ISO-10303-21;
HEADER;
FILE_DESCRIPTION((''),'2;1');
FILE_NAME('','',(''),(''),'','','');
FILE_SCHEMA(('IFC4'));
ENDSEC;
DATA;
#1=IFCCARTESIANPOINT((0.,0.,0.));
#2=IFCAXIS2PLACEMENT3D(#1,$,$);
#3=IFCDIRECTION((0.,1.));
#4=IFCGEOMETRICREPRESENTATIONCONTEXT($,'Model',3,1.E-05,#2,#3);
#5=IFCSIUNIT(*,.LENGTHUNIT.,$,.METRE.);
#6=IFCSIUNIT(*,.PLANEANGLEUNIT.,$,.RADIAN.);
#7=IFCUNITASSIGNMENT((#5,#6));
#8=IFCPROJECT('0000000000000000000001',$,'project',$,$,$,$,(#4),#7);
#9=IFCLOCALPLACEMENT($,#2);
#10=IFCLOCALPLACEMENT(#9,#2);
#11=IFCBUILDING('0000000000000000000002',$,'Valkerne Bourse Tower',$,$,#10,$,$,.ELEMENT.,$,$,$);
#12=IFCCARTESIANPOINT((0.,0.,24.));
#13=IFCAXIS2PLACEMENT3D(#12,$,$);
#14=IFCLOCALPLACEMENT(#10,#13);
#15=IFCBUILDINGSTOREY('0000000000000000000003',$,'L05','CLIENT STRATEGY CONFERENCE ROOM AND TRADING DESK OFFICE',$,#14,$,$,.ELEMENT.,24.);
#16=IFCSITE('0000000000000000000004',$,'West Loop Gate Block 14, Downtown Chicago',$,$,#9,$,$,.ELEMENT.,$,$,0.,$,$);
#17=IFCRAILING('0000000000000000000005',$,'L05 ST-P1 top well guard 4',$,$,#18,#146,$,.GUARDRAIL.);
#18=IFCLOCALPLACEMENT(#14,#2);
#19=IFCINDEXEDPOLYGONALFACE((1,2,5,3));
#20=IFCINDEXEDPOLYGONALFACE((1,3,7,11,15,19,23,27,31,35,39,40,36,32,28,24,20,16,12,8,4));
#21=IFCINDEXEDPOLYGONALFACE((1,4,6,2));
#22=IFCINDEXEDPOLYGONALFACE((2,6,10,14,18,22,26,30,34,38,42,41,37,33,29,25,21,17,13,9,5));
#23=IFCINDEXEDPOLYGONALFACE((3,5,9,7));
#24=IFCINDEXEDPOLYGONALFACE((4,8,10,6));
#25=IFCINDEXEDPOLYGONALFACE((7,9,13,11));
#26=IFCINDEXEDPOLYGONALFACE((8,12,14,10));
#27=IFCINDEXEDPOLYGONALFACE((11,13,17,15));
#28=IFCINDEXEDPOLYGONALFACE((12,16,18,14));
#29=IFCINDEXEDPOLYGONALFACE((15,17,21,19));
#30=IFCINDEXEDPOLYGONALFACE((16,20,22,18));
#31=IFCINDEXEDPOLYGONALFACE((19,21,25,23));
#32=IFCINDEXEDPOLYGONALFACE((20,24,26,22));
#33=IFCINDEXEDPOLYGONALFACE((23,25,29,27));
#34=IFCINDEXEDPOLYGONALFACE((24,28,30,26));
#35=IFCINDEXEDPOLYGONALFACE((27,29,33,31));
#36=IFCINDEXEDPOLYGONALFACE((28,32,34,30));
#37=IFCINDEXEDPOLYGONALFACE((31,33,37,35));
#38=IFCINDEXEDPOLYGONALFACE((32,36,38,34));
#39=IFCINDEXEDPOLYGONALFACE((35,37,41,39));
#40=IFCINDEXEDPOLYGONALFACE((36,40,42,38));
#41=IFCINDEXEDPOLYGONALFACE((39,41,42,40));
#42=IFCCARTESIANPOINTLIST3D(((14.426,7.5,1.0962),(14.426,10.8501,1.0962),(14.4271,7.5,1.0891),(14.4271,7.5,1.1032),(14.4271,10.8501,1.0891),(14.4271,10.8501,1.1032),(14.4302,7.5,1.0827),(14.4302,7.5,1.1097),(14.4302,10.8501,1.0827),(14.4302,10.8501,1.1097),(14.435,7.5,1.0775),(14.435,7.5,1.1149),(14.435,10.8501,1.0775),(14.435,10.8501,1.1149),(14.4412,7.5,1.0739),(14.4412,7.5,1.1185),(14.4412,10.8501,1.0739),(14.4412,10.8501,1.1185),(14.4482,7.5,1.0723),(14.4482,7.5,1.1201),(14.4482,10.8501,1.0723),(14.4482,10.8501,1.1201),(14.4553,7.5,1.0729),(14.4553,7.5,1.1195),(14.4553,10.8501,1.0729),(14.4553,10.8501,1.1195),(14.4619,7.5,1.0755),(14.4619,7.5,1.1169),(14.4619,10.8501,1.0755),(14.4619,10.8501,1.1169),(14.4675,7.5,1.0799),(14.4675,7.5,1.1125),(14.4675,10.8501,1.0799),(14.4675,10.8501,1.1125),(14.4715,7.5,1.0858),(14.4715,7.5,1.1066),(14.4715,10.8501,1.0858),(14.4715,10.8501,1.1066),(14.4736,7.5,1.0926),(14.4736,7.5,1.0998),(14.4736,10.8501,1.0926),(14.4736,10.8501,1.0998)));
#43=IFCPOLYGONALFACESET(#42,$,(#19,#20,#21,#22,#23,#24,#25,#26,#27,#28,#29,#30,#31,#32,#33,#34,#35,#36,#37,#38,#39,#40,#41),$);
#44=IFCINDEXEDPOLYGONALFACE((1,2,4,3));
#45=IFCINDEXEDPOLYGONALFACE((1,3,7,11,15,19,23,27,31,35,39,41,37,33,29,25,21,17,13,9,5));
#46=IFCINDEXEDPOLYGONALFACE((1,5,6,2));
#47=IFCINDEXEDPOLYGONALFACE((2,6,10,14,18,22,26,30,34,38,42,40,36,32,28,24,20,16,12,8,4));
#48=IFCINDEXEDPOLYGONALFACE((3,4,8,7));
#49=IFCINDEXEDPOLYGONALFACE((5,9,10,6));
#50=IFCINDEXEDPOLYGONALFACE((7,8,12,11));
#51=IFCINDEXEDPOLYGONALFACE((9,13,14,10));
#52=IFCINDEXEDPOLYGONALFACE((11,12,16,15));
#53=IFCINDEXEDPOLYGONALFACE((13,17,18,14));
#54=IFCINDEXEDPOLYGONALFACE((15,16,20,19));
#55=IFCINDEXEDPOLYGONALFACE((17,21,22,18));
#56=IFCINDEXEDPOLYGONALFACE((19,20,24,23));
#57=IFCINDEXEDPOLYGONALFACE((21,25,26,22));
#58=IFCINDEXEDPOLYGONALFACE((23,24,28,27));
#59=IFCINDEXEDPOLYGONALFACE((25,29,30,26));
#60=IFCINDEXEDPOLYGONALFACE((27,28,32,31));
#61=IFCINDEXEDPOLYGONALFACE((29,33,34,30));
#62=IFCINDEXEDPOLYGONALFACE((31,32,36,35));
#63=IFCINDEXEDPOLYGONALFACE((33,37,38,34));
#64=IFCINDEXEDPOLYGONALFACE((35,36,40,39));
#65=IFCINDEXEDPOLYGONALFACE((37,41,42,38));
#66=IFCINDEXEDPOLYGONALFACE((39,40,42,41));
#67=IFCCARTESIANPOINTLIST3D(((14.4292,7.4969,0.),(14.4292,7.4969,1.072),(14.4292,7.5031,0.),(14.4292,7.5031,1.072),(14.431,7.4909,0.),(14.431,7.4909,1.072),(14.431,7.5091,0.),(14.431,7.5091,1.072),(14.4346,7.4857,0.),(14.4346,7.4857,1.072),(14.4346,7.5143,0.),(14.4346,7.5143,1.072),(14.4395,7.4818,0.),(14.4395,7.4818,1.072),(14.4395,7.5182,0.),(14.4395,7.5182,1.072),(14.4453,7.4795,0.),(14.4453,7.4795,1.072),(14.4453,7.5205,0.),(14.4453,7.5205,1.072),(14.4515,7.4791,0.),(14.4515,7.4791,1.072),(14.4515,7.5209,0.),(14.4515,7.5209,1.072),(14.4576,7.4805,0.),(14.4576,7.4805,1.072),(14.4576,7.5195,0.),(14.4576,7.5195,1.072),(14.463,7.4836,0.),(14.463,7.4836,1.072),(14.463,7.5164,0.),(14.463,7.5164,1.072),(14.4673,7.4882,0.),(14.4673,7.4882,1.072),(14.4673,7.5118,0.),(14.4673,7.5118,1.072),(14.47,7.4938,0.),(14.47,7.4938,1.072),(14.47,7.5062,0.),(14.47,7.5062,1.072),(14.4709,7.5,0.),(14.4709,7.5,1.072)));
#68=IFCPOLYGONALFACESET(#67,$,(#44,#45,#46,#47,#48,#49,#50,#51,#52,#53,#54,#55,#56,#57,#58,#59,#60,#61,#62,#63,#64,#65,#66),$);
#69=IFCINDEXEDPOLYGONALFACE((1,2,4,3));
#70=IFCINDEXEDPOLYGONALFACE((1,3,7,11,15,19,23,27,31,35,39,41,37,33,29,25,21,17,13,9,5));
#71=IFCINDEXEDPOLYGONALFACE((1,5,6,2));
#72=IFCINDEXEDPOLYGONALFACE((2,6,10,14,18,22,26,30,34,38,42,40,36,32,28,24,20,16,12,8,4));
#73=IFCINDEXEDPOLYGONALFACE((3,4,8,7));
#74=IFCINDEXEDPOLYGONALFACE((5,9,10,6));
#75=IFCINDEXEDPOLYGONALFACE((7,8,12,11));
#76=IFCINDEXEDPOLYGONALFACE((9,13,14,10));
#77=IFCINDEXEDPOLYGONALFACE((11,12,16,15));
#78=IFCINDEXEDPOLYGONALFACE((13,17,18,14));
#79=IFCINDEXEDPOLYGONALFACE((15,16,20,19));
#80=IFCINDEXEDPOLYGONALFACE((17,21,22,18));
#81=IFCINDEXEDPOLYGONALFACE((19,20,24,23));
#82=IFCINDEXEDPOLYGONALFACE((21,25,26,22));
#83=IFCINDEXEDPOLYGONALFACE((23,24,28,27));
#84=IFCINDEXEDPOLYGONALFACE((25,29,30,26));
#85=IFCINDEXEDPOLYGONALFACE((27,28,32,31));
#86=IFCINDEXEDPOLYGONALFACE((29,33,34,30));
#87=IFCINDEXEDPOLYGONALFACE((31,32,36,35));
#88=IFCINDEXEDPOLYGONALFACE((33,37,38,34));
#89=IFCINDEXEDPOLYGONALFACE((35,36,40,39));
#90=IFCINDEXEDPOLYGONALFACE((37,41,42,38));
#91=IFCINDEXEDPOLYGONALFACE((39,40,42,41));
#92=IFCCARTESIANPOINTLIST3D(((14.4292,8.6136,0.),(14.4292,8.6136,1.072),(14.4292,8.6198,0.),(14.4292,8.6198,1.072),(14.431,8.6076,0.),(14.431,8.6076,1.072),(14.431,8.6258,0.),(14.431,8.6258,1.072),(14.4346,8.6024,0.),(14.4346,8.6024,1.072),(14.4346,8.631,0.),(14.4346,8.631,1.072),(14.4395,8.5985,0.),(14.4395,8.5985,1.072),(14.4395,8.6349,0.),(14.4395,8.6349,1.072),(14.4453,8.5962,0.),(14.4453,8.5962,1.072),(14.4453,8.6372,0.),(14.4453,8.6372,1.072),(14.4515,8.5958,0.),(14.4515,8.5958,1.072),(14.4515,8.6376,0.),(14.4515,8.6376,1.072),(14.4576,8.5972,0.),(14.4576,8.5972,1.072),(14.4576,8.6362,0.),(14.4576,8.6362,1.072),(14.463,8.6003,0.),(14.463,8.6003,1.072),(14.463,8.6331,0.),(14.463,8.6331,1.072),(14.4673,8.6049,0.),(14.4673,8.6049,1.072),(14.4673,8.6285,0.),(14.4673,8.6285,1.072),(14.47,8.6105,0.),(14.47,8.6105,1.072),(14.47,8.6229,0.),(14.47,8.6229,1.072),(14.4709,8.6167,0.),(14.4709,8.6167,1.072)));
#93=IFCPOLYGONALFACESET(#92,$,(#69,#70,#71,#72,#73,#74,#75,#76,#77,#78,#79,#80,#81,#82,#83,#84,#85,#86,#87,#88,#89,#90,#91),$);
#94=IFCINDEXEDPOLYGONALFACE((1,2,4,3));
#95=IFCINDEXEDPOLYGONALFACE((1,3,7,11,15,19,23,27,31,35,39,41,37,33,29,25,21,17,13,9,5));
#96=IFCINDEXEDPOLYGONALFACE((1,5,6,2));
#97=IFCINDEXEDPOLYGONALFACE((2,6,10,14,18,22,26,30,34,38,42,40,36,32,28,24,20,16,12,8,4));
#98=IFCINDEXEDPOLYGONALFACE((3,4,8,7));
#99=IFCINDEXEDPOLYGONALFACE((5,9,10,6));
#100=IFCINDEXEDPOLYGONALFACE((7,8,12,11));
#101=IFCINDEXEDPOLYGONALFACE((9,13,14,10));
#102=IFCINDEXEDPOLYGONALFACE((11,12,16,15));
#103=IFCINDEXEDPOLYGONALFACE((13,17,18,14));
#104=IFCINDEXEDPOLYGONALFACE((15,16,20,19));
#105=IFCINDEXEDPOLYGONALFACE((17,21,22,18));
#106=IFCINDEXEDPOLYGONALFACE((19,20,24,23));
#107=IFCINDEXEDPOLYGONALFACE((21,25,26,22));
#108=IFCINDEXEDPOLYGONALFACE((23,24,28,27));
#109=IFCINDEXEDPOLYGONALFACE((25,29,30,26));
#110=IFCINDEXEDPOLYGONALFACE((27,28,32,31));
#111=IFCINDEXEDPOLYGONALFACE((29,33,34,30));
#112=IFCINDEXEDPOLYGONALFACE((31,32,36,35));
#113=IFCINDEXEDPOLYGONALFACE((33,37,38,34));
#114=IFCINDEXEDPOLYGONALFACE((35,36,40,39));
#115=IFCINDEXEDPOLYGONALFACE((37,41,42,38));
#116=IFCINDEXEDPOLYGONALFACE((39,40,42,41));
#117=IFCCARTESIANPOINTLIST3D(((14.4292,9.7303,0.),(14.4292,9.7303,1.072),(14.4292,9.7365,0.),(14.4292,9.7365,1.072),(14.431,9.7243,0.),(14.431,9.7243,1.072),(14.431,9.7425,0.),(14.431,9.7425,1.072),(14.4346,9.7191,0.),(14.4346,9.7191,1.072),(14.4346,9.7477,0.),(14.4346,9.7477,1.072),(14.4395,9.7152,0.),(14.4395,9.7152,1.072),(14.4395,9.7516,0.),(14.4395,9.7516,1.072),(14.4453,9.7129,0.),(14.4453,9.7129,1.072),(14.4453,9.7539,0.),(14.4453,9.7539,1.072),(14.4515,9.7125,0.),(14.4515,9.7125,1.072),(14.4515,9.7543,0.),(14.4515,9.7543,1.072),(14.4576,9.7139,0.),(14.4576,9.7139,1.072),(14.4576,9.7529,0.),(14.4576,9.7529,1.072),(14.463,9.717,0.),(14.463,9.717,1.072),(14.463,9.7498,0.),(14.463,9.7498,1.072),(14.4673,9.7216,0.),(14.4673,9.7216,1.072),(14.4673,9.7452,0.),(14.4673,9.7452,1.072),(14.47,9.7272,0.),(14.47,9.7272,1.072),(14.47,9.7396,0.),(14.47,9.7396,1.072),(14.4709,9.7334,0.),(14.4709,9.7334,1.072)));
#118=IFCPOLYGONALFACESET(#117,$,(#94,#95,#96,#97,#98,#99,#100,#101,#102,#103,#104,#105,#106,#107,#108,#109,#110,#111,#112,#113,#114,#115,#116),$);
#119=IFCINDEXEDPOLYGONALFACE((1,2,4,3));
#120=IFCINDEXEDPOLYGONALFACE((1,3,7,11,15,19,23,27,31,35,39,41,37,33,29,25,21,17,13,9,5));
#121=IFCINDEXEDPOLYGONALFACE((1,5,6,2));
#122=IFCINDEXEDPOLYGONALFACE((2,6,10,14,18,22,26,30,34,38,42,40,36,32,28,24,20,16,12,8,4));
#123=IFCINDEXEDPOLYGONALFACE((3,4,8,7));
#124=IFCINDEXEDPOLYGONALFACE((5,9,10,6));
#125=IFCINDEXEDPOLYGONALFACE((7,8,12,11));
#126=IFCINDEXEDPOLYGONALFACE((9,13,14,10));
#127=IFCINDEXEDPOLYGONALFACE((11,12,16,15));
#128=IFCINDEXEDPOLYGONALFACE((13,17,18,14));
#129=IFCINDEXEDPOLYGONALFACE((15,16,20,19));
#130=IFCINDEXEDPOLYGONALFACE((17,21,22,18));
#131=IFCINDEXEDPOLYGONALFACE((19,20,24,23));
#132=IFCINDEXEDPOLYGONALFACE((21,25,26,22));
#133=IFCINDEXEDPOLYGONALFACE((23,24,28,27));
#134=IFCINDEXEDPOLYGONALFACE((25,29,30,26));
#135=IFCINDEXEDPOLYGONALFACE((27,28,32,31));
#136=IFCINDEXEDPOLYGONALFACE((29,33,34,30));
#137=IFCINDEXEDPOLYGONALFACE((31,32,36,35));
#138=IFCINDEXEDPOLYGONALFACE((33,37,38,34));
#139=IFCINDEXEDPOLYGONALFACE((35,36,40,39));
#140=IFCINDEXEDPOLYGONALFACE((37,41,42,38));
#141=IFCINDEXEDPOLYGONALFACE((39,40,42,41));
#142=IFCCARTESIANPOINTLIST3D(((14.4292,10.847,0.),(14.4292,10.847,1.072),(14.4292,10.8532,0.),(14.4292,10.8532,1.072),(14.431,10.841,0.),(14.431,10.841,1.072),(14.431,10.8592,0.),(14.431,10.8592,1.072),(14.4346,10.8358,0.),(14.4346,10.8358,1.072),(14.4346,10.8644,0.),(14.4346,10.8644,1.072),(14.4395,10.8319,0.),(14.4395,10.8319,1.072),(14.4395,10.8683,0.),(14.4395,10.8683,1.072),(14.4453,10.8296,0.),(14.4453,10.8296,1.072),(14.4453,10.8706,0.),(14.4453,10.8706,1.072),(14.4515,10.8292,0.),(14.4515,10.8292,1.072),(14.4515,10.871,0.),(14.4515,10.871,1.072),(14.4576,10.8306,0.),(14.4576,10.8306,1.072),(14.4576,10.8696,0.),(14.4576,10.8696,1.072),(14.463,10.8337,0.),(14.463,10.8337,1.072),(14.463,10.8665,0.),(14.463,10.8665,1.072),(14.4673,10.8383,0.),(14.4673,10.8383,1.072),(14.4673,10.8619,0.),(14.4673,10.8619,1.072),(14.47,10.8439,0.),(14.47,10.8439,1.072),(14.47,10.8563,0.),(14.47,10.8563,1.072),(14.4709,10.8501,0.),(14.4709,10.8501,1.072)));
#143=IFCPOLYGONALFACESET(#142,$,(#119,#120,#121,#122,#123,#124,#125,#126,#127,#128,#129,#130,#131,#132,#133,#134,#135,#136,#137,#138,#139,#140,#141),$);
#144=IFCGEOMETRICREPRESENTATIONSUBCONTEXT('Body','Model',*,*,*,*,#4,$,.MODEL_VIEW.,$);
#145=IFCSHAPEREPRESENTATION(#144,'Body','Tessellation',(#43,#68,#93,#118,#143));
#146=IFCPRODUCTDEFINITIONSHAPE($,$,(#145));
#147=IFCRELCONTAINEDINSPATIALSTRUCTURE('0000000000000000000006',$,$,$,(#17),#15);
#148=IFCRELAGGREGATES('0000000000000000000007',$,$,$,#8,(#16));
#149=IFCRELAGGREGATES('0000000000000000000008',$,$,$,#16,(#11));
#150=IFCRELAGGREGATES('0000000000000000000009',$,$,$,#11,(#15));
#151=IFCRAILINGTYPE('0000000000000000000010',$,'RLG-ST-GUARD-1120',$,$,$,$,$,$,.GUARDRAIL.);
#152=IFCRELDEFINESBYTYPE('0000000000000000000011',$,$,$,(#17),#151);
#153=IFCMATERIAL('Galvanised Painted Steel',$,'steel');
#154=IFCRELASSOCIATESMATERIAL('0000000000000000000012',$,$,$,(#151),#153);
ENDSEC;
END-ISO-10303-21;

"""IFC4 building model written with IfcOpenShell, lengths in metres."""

from ifc_helpers import new_model, si_unit, direction, frame, origin, origin_2d, place, context, subcontext, project, spatial, circle, extrude, material, type_object, element, save


model = new_model("IFC4")

# Units and contexts
model_context = context("Model", 3, precision=1e-05, world=origin(), true_north=direction((0.0, 1.0)))
body_context = subcontext(model_context, "Body", "Model", "MODEL_VIEW")
ifc_project = project(units=[si_unit("LENGTHUNIT", "METRE"), si_unit("PLANEANGLEUNIT", "RADIAN")], contexts=[model_context])

# Site, building, storey
site_placement = place(None, origin())
site = spatial("IfcSite", under=ifc_project, at=site_placement, Name="West Loop Gate Block 14, Downtown Chicago", CompositionType="ELEMENT", RefElevation=0.0)
building_placement = place(site_placement, origin())
building = spatial("IfcBuilding", under=site, at=building_placement, Name="Valkerne Bourse Tower", CompositionType="ELEMENT")
storey_placement = place(building_placement, frame((0.0, 0.0, 24.0)))
storey = spatial("IfcBuildingStorey", under=building, at=storey_placement, Name="L05", Description="CLIENT STRATEGY CONFERENCE ROOM AND TRADING DESK OFFICE", CompositionType="ELEMENT", Elevation=24.0)

# Railing
ifc_material_1 = material(Name="Galvanised Painted Steel", Category="steel")
railing_type_1 = type_object("IfcRailingType", Name="RLG-ST-GUARD-1120", PredefinedType="GUARDRAIL", material=ifc_material_1)
railing_1_placement = place(storey_placement, frame((14.45, 7.5, 0.0)))
element("IfcRailing", 1, at=railing_1_placement, inside=storey, type_object=railing_type_1, Name="L05 ST-P1 top well guard 4", PredefinedType="GUARDRAIL", context=body_context, shape_type="SweptSolid", body=[
    extrude(circle(Radius=0.0239, at=origin_2d()), frame((0.0, 0.0, 1.0962), z_axis=(0.0, 1.0, 0.0), x_axis=(-1.0, 0.0, 0.0)), (0.0, 0.0, 1.0), 3.3501),
    extrude(circle(Radius=0.021, at=origin_2d()), origin(), (0.0, 0.0, 1.0), 1.072),
    extrude(circle(Radius=0.021, at=origin_2d()), frame((0.0, 1.1167, 0.0)), (0.0, 0.0, 1.0), 1.072),
    extrude(circle(Radius=0.021, at=origin_2d()), frame((0.0, 2.2334, 0.0)), (0.0, 0.0, 1.0), 1.072),
    extrude(circle(Radius=0.021, at=origin_2d()), frame((0.0, 3.3501, 0.0)), (0.0, 0.0, 1.0), 1.072),
])

save(model, "model.ifc")
